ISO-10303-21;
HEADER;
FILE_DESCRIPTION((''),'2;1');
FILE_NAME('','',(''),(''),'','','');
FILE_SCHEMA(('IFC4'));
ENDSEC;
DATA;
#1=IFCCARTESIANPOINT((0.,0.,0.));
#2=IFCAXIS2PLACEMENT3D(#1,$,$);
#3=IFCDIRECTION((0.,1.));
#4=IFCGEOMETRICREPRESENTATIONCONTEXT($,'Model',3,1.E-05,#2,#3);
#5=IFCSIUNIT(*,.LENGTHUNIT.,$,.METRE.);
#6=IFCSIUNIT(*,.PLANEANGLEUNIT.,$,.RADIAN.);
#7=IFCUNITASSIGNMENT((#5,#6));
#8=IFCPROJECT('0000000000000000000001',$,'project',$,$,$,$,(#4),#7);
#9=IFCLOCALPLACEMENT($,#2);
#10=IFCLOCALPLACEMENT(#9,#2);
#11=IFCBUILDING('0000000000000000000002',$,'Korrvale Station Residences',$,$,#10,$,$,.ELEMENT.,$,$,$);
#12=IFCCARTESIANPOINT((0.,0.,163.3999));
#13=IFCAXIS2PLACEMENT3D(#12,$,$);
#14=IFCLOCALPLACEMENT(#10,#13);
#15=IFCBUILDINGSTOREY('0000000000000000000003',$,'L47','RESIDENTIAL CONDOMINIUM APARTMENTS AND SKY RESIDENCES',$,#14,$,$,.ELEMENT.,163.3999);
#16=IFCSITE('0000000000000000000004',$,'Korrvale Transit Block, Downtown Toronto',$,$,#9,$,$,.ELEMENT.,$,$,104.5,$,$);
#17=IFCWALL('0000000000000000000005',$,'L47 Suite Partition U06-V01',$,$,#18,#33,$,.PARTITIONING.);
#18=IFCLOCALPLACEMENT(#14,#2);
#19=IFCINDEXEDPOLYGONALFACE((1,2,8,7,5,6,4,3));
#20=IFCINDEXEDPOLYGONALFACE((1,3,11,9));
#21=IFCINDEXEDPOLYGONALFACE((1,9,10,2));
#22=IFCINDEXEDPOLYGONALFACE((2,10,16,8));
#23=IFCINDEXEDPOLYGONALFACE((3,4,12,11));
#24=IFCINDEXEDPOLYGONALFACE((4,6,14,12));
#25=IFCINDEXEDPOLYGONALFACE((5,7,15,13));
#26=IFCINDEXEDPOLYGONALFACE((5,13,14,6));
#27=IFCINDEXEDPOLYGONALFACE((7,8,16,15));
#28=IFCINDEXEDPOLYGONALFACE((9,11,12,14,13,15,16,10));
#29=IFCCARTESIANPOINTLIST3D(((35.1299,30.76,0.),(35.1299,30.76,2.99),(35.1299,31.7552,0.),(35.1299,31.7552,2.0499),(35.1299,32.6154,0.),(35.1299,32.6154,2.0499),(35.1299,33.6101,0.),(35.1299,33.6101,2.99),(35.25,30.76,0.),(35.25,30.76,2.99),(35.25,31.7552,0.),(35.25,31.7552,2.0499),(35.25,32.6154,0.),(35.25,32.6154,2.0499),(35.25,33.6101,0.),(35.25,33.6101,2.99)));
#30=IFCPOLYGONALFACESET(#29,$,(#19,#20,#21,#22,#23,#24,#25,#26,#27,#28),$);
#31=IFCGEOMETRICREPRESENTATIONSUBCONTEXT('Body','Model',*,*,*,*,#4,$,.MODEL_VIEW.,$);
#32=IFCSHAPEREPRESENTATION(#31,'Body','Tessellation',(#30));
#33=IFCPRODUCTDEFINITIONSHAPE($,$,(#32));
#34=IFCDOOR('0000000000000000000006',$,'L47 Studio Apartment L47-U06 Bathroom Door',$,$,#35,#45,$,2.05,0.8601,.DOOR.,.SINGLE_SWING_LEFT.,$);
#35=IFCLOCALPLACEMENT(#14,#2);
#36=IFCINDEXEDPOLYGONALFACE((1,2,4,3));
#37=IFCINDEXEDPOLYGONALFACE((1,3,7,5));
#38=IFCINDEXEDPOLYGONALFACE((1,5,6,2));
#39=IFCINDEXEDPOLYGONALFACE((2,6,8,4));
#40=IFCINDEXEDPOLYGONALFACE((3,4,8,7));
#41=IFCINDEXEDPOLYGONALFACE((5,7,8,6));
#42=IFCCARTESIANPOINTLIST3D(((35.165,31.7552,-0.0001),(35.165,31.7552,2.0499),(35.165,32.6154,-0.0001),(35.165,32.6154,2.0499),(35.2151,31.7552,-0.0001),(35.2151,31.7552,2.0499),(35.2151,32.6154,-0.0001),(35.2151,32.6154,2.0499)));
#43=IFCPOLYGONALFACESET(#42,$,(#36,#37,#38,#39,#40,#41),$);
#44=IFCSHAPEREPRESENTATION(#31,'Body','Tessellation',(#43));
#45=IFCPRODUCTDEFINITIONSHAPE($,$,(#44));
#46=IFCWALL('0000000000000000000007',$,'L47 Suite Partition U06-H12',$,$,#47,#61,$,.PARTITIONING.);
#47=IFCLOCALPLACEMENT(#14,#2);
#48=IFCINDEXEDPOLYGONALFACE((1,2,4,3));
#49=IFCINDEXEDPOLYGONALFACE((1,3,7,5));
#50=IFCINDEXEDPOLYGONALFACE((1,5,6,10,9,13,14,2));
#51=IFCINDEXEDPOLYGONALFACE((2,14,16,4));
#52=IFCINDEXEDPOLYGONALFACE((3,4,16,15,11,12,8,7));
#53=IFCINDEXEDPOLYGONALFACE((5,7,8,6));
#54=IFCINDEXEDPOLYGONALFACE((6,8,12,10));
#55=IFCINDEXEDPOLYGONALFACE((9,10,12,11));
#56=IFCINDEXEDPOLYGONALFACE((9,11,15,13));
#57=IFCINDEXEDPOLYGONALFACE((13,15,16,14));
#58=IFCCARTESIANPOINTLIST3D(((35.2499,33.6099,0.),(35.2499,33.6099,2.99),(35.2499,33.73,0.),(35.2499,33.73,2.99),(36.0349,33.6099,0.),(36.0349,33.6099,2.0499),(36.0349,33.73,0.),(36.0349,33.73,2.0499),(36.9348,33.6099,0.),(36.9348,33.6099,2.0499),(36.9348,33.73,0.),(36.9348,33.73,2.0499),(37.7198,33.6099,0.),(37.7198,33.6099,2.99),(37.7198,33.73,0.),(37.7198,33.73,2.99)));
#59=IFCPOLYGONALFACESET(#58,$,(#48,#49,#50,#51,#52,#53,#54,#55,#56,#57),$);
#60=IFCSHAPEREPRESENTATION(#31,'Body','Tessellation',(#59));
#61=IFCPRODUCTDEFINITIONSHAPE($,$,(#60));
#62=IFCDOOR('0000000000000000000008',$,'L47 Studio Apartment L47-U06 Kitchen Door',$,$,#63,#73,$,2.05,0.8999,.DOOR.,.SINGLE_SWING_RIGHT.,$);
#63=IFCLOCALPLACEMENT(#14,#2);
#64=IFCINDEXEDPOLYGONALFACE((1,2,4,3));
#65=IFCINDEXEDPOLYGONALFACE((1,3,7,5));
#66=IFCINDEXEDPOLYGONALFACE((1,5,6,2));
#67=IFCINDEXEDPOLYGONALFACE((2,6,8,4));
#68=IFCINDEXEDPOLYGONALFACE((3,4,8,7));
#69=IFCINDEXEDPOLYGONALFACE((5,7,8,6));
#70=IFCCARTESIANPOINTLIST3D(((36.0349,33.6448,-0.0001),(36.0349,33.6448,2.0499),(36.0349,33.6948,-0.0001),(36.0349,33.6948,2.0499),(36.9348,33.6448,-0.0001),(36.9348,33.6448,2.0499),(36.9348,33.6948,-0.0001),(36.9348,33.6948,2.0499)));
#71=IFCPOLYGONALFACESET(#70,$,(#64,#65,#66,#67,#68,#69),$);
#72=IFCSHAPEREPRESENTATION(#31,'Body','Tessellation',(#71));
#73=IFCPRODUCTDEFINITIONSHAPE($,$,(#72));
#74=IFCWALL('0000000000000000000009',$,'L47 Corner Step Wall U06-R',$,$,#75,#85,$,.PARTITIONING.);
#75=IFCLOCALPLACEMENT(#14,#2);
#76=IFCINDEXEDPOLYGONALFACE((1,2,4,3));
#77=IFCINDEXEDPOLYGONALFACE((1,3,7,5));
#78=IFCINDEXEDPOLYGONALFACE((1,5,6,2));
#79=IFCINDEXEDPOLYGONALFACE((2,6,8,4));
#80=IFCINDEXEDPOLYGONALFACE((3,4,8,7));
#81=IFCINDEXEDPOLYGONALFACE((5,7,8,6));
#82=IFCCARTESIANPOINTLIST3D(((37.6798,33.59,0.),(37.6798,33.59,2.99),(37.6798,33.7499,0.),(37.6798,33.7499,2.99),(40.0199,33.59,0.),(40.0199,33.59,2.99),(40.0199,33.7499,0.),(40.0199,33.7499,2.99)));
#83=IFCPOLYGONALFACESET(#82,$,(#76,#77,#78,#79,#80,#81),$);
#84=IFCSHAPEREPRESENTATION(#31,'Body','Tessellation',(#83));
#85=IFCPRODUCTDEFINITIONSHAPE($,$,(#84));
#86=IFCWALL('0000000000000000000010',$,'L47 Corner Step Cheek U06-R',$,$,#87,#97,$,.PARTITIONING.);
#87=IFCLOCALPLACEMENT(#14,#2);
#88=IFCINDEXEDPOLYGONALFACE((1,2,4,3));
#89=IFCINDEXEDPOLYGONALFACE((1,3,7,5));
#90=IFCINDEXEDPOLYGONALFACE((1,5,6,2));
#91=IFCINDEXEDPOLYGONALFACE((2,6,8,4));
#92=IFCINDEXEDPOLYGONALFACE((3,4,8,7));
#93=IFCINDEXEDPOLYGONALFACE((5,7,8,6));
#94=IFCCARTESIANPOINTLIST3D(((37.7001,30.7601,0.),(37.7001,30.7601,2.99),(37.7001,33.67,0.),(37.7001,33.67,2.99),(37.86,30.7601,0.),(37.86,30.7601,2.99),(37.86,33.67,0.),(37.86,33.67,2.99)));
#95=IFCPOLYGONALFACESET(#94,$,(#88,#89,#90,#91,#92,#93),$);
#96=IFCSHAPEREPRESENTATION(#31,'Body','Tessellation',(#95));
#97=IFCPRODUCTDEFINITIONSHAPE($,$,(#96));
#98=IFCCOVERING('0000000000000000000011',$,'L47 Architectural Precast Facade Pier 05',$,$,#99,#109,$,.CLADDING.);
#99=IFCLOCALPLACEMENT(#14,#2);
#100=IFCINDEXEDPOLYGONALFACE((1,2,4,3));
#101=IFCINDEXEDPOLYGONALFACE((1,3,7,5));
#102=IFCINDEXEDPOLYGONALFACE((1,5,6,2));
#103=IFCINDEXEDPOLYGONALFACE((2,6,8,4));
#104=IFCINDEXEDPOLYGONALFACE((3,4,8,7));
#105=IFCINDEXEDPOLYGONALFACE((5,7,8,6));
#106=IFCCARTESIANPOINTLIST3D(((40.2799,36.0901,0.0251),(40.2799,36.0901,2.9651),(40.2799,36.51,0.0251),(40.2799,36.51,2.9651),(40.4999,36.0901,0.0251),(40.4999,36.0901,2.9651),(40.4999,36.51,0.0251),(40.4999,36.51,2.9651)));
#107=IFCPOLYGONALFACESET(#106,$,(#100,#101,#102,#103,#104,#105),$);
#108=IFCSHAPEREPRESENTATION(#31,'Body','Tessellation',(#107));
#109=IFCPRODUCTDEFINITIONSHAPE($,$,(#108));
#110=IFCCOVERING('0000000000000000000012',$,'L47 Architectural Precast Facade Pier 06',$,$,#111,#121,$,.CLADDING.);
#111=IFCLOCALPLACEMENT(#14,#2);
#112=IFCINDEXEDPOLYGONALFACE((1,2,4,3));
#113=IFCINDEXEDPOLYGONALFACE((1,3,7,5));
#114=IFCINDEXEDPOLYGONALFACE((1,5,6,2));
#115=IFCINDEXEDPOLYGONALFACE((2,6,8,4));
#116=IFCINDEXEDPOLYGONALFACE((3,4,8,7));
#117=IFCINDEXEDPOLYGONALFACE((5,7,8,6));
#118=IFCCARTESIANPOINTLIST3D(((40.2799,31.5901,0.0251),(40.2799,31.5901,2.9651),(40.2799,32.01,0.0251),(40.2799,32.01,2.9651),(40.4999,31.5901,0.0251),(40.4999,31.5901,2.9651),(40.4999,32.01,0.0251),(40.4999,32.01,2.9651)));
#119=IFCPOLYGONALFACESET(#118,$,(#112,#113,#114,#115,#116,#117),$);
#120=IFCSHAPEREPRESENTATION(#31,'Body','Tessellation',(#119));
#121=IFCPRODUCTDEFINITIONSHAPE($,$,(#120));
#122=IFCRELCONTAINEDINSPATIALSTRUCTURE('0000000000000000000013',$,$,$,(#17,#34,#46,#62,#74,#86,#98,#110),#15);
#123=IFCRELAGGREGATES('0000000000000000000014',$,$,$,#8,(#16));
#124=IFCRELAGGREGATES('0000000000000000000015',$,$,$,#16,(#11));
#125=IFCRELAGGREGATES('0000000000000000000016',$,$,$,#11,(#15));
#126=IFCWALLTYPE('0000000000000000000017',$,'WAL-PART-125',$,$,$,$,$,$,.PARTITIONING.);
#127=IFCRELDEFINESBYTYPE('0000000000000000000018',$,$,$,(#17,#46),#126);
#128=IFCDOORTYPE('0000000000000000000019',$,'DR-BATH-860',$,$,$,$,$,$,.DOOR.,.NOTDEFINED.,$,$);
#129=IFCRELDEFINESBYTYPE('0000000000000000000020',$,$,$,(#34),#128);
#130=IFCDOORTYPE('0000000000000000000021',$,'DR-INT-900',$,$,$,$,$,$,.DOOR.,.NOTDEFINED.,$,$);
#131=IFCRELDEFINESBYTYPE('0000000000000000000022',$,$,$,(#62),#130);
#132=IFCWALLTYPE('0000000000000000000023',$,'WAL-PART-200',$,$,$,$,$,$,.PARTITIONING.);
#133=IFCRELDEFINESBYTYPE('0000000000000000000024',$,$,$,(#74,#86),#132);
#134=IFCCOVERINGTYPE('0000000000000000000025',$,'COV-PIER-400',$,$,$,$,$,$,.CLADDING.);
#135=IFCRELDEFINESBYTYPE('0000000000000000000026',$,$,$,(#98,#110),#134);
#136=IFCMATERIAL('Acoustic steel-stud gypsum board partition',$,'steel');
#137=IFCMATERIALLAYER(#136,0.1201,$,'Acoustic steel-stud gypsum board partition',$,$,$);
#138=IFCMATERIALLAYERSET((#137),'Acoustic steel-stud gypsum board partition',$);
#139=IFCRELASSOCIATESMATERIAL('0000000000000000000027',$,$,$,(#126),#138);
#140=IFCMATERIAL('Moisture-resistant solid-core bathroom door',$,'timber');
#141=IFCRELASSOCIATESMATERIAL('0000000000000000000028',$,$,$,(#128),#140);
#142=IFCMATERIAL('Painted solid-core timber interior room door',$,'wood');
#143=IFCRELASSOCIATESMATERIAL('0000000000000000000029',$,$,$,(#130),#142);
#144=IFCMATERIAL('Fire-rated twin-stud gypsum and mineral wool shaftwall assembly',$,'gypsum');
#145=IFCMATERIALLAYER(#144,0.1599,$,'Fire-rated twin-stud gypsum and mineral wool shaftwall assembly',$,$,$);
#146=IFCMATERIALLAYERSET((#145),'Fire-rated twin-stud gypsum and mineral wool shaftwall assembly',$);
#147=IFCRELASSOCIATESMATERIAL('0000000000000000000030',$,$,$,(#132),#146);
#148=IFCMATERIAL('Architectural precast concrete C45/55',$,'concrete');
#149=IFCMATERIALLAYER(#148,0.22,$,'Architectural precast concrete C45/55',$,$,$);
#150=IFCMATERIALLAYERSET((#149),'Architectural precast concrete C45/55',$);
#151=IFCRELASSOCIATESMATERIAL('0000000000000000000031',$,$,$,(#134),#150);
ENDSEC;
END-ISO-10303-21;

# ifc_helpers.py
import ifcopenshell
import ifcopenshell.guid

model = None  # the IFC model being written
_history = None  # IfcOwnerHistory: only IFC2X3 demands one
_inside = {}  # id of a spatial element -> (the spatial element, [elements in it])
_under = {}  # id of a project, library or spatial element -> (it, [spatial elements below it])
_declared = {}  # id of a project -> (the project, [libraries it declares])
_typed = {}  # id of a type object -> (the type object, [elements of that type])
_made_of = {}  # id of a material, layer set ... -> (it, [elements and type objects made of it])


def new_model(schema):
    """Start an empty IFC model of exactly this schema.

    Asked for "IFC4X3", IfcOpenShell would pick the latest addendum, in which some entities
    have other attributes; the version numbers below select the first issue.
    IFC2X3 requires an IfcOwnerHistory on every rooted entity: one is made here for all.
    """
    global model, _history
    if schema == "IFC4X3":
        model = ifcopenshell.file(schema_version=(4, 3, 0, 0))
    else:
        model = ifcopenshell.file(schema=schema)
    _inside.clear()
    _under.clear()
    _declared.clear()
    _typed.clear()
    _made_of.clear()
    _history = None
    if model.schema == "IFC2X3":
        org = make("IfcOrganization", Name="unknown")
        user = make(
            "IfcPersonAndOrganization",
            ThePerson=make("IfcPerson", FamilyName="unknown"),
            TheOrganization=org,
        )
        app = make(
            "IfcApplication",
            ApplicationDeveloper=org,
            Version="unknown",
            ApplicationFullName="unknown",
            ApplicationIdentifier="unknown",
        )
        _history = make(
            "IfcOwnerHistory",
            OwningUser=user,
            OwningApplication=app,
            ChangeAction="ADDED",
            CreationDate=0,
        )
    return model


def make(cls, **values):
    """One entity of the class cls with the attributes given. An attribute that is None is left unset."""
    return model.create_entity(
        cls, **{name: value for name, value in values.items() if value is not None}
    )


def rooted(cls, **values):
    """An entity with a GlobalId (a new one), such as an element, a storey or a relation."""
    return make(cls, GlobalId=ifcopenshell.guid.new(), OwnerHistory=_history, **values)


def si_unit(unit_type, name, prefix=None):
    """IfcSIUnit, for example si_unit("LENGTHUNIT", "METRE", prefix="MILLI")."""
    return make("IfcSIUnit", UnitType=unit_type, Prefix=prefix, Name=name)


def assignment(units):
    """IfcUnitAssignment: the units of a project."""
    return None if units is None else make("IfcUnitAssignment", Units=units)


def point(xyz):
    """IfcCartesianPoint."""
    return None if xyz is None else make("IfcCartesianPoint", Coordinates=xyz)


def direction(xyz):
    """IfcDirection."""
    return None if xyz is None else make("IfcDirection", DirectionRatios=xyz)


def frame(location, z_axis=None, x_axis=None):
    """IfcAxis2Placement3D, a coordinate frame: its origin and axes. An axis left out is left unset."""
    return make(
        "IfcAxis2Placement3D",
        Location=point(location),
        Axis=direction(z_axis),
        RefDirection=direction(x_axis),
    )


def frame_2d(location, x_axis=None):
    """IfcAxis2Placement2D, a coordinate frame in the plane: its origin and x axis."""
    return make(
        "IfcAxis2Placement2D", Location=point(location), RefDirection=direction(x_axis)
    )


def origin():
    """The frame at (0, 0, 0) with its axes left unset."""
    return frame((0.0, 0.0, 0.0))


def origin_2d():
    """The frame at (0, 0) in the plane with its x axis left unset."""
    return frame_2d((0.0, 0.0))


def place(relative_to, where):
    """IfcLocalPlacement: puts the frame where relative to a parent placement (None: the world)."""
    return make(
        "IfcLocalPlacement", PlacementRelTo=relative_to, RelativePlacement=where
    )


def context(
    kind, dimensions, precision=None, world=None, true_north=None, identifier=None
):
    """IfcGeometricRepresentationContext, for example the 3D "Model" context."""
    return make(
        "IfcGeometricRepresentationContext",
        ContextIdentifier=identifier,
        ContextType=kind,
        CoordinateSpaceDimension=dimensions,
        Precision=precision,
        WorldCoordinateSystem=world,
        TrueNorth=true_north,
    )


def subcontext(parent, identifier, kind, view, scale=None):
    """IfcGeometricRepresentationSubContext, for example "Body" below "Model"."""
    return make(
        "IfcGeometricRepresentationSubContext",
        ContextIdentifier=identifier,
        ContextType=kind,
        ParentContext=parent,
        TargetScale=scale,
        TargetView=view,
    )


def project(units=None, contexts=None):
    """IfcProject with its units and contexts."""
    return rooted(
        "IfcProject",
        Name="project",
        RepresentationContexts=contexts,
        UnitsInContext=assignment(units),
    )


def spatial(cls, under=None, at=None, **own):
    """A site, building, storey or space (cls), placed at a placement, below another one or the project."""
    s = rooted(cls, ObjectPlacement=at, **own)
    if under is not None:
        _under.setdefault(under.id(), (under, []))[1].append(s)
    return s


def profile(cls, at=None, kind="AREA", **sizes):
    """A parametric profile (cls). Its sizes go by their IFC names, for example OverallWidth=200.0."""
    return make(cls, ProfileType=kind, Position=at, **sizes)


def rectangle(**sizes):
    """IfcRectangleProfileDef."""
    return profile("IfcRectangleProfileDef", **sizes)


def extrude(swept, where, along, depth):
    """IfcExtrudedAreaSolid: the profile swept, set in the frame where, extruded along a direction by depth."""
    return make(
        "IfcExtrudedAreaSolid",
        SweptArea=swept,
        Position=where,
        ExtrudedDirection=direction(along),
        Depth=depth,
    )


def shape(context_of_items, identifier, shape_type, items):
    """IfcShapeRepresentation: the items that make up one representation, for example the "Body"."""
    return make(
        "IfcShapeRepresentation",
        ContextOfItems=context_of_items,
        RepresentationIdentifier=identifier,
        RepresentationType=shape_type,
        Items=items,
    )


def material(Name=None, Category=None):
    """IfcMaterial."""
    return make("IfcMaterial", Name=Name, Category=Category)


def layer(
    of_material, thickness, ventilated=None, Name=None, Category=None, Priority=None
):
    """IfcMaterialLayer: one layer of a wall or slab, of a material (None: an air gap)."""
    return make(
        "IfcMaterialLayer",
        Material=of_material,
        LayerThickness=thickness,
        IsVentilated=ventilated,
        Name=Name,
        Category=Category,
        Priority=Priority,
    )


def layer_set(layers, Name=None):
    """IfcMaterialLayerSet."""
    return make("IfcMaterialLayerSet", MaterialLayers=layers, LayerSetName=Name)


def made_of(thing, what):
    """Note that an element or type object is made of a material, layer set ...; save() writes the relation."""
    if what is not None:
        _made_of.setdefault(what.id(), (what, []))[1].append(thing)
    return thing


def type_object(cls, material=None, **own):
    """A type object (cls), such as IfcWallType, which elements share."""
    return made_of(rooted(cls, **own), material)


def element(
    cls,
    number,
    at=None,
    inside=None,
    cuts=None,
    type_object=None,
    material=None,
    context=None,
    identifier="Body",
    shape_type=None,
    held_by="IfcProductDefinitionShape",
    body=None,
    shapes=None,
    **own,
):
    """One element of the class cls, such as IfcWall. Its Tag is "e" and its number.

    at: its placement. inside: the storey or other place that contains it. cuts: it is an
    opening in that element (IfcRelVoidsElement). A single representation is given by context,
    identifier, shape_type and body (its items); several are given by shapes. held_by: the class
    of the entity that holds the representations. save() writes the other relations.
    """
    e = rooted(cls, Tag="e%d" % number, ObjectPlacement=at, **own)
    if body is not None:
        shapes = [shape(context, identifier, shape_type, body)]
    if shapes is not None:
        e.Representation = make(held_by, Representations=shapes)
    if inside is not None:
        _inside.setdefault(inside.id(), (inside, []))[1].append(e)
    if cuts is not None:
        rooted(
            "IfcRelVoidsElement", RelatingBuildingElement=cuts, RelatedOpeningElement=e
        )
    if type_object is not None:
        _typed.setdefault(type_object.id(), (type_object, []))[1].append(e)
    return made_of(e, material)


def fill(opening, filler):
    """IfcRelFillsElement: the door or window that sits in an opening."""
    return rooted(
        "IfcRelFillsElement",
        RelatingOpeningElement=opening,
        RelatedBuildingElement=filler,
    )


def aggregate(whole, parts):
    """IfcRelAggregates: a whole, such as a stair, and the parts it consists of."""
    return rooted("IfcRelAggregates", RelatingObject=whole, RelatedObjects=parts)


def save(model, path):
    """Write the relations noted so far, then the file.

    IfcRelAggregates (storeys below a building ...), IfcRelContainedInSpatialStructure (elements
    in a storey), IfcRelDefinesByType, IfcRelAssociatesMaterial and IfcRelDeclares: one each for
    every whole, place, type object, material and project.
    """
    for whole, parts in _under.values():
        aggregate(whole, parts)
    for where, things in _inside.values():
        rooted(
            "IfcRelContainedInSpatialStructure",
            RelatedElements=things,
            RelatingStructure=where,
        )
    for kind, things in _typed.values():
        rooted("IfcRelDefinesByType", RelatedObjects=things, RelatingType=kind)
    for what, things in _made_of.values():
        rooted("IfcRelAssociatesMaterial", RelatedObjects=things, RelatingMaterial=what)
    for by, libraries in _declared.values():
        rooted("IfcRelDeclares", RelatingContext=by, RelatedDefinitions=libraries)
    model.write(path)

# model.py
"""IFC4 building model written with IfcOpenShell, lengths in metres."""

from ifc_helpers import new_model, si_unit, direction, frame, frame_2d, origin, origin_2d, place, context, subcontext, project, spatial, rectangle, extrude, material, layer, layer_set, type_object, element, fill, save


model = new_model("IFC4")

# Units and contexts
model_context = context("Model", 3, precision=1e-05, world=origin(), true_north=direction((0.0, 1.0)))
body_context = subcontext(model_context, "Body", "Model", "MODEL_VIEW")
ifc_project = project(units=[si_unit("LENGTHUNIT", "METRE"), si_unit("PLANEANGLEUNIT", "RADIAN")], contexts=[model_context])

# Site, building, storey
site_placement = place(None, origin())
site = spatial("IfcSite", under=ifc_project, at=site_placement, Name="Korrvale Transit Block, Downtown Toronto", CompositionType="ELEMENT", RefElevation=104.5)
building_placement = place(site_placement, origin())
building = spatial("IfcBuilding", under=site, at=building_placement, Name="Korrvale Station Residences", CompositionType="ELEMENT")
storey_placement = place(building_placement, frame((0.0, 0.0, 163.3999)))
storey = spatial("IfcBuildingStorey", under=building, at=storey_placement, Name="L47", Description="RESIDENTIAL CONDOMINIUM APARTMENTS AND SKY RESIDENCES", CompositionType="ELEMENT", Elevation=163.3999)

# Walls, openings, doors
ifc_material_1 = material(Name="Acoustic steel-stud gypsum board partition", Category="steel")
ifc_layer_1 = layer(ifc_material_1, 0.1201, Name="Acoustic steel-stud gypsum board partition")
ifc_layer_set_1 = layer_set([ifc_layer_1], Name="Acoustic steel-stud gypsum board partition")
wall_type_1 = type_object("IfcWallType", Name="WAL-PART-125", PredefinedType="PARTITIONING", material=ifc_layer_set_1)
wall_1_placement = place(storey_placement, frame((35.1899, 30.76, 0.0), z_axis=(0.0, 0.0, 1.0), x_axis=(0.0, 1.0, 0.0)))
wall_1 = element("IfcWall", 1, at=wall_1_placement, inside=storey, type_object=wall_type_1, Name="L47 Suite Partition U06-V01", PredefinedType="PARTITIONING", context=body_context, shape_type="SweptSolid", body=[
    extrude(rectangle(XDim=2.8501, YDim=0.1201, at=frame_2d((1.425, 0.0))), origin(), (0.0, 0.0, 1.0), 2.99),
])
opening_1_placement = place(wall_1_placement, frame((0.9951, 0.0, 0.0)))
opening_1 = element("IfcOpeningElement", 2, at=opening_1_placement, cuts=wall_1, PredefinedType="OPENING", context=body_context, shape_type="SweptSolid", body=[
    extrude(rectangle(XDim=0.8601, YDim=2.05, at=frame_2d((0.4302, 1.0249))), frame((0.0, 0.0701, 0.0), z_axis=(0.0, -1.0, 0.0), x_axis=(1.0, 0.0, 0.0)), (0.0, 0.0, 1.0), 0.1401),
])
ifc_material_2 = material(Name="Moisture-resistant solid-core bathroom door", Category="timber")
door_type_1 = type_object("IfcDoorType", Name="DR-BATH-860", OperationType="NOTDEFINED", PredefinedType="DOOR", material=ifc_material_2)
door_1_placement = place(opening_1_placement, origin())
door_1 = element("IfcDoor", 3, at=door_1_placement, inside=storey, type_object=door_type_1, Name="L47 Studio Apartment L47-U06 Bathroom Door", OperationType="SINGLE_SWING_LEFT", OverallHeight=2.05, OverallWidth=0.8601, PredefinedType="DOOR", context=body_context, shape_type="SweptSolid", body=[
    extrude(rectangle(XDim=0.8601, YDim=2.05, at=frame_2d((0.4302, 1.0249))), frame((0.0, 0.0249, 0.0), z_axis=(0.0, -1.0, 0.0), x_axis=(1.0, 0.0, 0.0)), (0.0, 0.0, 1.0), 0.05),
])
fill(opening_1, door_1)
wall_2_placement = place(storey_placement, frame((35.25, 33.6699, 0.0), z_axis=(0.0, 0.0, 1.0), x_axis=(1.0, 0.0, 0.0)))
wall_2 = element("IfcWall", 4, at=wall_2_placement, inside=storey, type_object=wall_type_1, Name="L47 Suite Partition U06-H12", PredefinedType="PARTITIONING", context=body_context, shape_type="SweptSolid", body=[
    extrude(rectangle(XDim=2.47, YDim=0.1201, at=frame_2d((1.2349, 0.0))), origin(), (0.0, 0.0, 1.0), 2.99),
])
opening_2_placement = place(wall_2_placement, frame((0.7849, 0.0, 0.0)))
opening_2 = element("IfcOpeningElement", 5, at=opening_2_placement, cuts=wall_2, PredefinedType="OPENING", context=body_context, shape_type="SweptSolid", body=[
    extrude(rectangle(XDim=0.8999, YDim=2.05, at=frame_2d((0.45, 1.0249))), frame((0.0, 0.0701, 0.0), z_axis=(0.0, -1.0, 0.0), x_axis=(1.0, 0.0, 0.0)), (0.0, 0.0, 1.0), 0.1401),
])
ifc_material_3 = material(Name="Painted solid-core timber interior room door", Category="wood")
door_type_2 = type_object("IfcDoorType", Name="DR-INT-900", OperationType="NOTDEFINED", PredefinedType="DOOR", material=ifc_material_3)
door_2_placement = place(opening_2_placement, origin())
door_2 = element("IfcDoor", 6, at=door_2_placement, inside=storey, type_object=door_type_2, Name="L47 Studio Apartment L47-U06 Kitchen Door", OperationType="SINGLE_SWING_RIGHT", OverallHeight=2.05, OverallWidth=0.8999, PredefinedType="DOOR", context=body_context, shape_type="SweptSolid", body=[
    extrude(rectangle(XDim=0.8999, YDim=2.05, at=frame_2d((0.45, 1.0249))), frame((0.0, 0.0249, 0.0), z_axis=(0.0, -1.0, 0.0), x_axis=(1.0, 0.0, 0.0)), (0.0, 0.0, 1.0), 0.05),
])
fill(opening_2, door_2)

# Walls
ifc_material_4 = material(Name="Fire-rated twin-stud gypsum and mineral wool shaftwall assembly", Category="gypsum")
ifc_layer_2 = layer(ifc_material_4, 0.1599, Name="Fire-rated twin-stud gypsum and mineral wool shaftwall assembly")
ifc_layer_set_2 = layer_set([ifc_layer_2], Name="Fire-rated twin-stud gypsum and mineral wool shaftwall assembly")
wall_type_2 = type_object("IfcWallType", Name="WAL-PART-200", PredefinedType="PARTITIONING", material=ifc_layer_set_2)
wall_3_placement = place(storey_placement, frame((37.6799, 33.6699, 0.0), z_axis=(0.0, 0.0, 1.0), x_axis=(1.0, 0.0, 0.0)))
element("IfcWall", 7, at=wall_3_placement, inside=storey, type_object=wall_type_2, Name="L47 Corner Step Wall U06-R", PredefinedType="PARTITIONING", context=body_context, shape_type="SweptSolid", body=[
    extrude(rectangle(XDim=2.3401, YDim=0.1599, at=frame_2d((1.1699, 0.0))), origin(), (0.0, 0.0, 1.0), 2.99),
])
wall_4_placement = place(storey_placement, frame((37.78, 30.76, 0.0), z_axis=(0.0, 0.0, 1.0), x_axis=(0.0, 1.0, 0.0)))
element("IfcWall", 8, at=wall_4_placement, inside=storey, type_object=wall_type_2, Name="L47 Corner Step Cheek U06-R", PredefinedType="PARTITIONING", context=body_context, shape_type="SweptSolid", body=[
    extrude(rectangle(XDim=2.9099, YDim=0.1599, at=frame_2d((1.4551, 0.0))), origin(), (0.0, 0.0, 1.0), 2.99),
])

# Coverings
ifc_material_5 = material(Name="Architectural precast concrete C45/55", Category="concrete")
ifc_layer_3 = layer(ifc_material_5, 0.22, Name="Architectural precast concrete C45/55")
ifc_layer_set_3 = layer_set([ifc_layer_3], Name="Architectural precast concrete C45/55")
covering_type = type_object("IfcCoveringType", Name="COV-PIER-400", PredefinedType="CLADDING", material=ifc_layer_set_3)
for number, where, z_axis, x_axis, name in (
    (9, (40.3899, 36.3, 0.0251), (0.0, 0.0, 1.0), (0.0, 1.0, 0.0), "L47 Architectural Precast Facade Pier 05"),
    (10, (40.3899, 31.8, 0.0251), (0.0, 0.0, 1.0), (0.0, 1.0, 0.0), "L47 Architectural Precast Facade Pier 06"),
):
    element("IfcCovering", number, at=place(storey_placement, frame(where, z_axis=z_axis, x_axis=x_axis)), inside=storey, type_object=covering_type, Name=name, PredefinedType="CLADDING", context=body_context, shape_type="SweptSolid", body=[
        extrude(rectangle(XDim=0.4199, YDim=0.22, at=origin_2d()), origin(), (0.0, 0.0, 1.0), 2.9399),
    ])

save(model, "model.ifc")
